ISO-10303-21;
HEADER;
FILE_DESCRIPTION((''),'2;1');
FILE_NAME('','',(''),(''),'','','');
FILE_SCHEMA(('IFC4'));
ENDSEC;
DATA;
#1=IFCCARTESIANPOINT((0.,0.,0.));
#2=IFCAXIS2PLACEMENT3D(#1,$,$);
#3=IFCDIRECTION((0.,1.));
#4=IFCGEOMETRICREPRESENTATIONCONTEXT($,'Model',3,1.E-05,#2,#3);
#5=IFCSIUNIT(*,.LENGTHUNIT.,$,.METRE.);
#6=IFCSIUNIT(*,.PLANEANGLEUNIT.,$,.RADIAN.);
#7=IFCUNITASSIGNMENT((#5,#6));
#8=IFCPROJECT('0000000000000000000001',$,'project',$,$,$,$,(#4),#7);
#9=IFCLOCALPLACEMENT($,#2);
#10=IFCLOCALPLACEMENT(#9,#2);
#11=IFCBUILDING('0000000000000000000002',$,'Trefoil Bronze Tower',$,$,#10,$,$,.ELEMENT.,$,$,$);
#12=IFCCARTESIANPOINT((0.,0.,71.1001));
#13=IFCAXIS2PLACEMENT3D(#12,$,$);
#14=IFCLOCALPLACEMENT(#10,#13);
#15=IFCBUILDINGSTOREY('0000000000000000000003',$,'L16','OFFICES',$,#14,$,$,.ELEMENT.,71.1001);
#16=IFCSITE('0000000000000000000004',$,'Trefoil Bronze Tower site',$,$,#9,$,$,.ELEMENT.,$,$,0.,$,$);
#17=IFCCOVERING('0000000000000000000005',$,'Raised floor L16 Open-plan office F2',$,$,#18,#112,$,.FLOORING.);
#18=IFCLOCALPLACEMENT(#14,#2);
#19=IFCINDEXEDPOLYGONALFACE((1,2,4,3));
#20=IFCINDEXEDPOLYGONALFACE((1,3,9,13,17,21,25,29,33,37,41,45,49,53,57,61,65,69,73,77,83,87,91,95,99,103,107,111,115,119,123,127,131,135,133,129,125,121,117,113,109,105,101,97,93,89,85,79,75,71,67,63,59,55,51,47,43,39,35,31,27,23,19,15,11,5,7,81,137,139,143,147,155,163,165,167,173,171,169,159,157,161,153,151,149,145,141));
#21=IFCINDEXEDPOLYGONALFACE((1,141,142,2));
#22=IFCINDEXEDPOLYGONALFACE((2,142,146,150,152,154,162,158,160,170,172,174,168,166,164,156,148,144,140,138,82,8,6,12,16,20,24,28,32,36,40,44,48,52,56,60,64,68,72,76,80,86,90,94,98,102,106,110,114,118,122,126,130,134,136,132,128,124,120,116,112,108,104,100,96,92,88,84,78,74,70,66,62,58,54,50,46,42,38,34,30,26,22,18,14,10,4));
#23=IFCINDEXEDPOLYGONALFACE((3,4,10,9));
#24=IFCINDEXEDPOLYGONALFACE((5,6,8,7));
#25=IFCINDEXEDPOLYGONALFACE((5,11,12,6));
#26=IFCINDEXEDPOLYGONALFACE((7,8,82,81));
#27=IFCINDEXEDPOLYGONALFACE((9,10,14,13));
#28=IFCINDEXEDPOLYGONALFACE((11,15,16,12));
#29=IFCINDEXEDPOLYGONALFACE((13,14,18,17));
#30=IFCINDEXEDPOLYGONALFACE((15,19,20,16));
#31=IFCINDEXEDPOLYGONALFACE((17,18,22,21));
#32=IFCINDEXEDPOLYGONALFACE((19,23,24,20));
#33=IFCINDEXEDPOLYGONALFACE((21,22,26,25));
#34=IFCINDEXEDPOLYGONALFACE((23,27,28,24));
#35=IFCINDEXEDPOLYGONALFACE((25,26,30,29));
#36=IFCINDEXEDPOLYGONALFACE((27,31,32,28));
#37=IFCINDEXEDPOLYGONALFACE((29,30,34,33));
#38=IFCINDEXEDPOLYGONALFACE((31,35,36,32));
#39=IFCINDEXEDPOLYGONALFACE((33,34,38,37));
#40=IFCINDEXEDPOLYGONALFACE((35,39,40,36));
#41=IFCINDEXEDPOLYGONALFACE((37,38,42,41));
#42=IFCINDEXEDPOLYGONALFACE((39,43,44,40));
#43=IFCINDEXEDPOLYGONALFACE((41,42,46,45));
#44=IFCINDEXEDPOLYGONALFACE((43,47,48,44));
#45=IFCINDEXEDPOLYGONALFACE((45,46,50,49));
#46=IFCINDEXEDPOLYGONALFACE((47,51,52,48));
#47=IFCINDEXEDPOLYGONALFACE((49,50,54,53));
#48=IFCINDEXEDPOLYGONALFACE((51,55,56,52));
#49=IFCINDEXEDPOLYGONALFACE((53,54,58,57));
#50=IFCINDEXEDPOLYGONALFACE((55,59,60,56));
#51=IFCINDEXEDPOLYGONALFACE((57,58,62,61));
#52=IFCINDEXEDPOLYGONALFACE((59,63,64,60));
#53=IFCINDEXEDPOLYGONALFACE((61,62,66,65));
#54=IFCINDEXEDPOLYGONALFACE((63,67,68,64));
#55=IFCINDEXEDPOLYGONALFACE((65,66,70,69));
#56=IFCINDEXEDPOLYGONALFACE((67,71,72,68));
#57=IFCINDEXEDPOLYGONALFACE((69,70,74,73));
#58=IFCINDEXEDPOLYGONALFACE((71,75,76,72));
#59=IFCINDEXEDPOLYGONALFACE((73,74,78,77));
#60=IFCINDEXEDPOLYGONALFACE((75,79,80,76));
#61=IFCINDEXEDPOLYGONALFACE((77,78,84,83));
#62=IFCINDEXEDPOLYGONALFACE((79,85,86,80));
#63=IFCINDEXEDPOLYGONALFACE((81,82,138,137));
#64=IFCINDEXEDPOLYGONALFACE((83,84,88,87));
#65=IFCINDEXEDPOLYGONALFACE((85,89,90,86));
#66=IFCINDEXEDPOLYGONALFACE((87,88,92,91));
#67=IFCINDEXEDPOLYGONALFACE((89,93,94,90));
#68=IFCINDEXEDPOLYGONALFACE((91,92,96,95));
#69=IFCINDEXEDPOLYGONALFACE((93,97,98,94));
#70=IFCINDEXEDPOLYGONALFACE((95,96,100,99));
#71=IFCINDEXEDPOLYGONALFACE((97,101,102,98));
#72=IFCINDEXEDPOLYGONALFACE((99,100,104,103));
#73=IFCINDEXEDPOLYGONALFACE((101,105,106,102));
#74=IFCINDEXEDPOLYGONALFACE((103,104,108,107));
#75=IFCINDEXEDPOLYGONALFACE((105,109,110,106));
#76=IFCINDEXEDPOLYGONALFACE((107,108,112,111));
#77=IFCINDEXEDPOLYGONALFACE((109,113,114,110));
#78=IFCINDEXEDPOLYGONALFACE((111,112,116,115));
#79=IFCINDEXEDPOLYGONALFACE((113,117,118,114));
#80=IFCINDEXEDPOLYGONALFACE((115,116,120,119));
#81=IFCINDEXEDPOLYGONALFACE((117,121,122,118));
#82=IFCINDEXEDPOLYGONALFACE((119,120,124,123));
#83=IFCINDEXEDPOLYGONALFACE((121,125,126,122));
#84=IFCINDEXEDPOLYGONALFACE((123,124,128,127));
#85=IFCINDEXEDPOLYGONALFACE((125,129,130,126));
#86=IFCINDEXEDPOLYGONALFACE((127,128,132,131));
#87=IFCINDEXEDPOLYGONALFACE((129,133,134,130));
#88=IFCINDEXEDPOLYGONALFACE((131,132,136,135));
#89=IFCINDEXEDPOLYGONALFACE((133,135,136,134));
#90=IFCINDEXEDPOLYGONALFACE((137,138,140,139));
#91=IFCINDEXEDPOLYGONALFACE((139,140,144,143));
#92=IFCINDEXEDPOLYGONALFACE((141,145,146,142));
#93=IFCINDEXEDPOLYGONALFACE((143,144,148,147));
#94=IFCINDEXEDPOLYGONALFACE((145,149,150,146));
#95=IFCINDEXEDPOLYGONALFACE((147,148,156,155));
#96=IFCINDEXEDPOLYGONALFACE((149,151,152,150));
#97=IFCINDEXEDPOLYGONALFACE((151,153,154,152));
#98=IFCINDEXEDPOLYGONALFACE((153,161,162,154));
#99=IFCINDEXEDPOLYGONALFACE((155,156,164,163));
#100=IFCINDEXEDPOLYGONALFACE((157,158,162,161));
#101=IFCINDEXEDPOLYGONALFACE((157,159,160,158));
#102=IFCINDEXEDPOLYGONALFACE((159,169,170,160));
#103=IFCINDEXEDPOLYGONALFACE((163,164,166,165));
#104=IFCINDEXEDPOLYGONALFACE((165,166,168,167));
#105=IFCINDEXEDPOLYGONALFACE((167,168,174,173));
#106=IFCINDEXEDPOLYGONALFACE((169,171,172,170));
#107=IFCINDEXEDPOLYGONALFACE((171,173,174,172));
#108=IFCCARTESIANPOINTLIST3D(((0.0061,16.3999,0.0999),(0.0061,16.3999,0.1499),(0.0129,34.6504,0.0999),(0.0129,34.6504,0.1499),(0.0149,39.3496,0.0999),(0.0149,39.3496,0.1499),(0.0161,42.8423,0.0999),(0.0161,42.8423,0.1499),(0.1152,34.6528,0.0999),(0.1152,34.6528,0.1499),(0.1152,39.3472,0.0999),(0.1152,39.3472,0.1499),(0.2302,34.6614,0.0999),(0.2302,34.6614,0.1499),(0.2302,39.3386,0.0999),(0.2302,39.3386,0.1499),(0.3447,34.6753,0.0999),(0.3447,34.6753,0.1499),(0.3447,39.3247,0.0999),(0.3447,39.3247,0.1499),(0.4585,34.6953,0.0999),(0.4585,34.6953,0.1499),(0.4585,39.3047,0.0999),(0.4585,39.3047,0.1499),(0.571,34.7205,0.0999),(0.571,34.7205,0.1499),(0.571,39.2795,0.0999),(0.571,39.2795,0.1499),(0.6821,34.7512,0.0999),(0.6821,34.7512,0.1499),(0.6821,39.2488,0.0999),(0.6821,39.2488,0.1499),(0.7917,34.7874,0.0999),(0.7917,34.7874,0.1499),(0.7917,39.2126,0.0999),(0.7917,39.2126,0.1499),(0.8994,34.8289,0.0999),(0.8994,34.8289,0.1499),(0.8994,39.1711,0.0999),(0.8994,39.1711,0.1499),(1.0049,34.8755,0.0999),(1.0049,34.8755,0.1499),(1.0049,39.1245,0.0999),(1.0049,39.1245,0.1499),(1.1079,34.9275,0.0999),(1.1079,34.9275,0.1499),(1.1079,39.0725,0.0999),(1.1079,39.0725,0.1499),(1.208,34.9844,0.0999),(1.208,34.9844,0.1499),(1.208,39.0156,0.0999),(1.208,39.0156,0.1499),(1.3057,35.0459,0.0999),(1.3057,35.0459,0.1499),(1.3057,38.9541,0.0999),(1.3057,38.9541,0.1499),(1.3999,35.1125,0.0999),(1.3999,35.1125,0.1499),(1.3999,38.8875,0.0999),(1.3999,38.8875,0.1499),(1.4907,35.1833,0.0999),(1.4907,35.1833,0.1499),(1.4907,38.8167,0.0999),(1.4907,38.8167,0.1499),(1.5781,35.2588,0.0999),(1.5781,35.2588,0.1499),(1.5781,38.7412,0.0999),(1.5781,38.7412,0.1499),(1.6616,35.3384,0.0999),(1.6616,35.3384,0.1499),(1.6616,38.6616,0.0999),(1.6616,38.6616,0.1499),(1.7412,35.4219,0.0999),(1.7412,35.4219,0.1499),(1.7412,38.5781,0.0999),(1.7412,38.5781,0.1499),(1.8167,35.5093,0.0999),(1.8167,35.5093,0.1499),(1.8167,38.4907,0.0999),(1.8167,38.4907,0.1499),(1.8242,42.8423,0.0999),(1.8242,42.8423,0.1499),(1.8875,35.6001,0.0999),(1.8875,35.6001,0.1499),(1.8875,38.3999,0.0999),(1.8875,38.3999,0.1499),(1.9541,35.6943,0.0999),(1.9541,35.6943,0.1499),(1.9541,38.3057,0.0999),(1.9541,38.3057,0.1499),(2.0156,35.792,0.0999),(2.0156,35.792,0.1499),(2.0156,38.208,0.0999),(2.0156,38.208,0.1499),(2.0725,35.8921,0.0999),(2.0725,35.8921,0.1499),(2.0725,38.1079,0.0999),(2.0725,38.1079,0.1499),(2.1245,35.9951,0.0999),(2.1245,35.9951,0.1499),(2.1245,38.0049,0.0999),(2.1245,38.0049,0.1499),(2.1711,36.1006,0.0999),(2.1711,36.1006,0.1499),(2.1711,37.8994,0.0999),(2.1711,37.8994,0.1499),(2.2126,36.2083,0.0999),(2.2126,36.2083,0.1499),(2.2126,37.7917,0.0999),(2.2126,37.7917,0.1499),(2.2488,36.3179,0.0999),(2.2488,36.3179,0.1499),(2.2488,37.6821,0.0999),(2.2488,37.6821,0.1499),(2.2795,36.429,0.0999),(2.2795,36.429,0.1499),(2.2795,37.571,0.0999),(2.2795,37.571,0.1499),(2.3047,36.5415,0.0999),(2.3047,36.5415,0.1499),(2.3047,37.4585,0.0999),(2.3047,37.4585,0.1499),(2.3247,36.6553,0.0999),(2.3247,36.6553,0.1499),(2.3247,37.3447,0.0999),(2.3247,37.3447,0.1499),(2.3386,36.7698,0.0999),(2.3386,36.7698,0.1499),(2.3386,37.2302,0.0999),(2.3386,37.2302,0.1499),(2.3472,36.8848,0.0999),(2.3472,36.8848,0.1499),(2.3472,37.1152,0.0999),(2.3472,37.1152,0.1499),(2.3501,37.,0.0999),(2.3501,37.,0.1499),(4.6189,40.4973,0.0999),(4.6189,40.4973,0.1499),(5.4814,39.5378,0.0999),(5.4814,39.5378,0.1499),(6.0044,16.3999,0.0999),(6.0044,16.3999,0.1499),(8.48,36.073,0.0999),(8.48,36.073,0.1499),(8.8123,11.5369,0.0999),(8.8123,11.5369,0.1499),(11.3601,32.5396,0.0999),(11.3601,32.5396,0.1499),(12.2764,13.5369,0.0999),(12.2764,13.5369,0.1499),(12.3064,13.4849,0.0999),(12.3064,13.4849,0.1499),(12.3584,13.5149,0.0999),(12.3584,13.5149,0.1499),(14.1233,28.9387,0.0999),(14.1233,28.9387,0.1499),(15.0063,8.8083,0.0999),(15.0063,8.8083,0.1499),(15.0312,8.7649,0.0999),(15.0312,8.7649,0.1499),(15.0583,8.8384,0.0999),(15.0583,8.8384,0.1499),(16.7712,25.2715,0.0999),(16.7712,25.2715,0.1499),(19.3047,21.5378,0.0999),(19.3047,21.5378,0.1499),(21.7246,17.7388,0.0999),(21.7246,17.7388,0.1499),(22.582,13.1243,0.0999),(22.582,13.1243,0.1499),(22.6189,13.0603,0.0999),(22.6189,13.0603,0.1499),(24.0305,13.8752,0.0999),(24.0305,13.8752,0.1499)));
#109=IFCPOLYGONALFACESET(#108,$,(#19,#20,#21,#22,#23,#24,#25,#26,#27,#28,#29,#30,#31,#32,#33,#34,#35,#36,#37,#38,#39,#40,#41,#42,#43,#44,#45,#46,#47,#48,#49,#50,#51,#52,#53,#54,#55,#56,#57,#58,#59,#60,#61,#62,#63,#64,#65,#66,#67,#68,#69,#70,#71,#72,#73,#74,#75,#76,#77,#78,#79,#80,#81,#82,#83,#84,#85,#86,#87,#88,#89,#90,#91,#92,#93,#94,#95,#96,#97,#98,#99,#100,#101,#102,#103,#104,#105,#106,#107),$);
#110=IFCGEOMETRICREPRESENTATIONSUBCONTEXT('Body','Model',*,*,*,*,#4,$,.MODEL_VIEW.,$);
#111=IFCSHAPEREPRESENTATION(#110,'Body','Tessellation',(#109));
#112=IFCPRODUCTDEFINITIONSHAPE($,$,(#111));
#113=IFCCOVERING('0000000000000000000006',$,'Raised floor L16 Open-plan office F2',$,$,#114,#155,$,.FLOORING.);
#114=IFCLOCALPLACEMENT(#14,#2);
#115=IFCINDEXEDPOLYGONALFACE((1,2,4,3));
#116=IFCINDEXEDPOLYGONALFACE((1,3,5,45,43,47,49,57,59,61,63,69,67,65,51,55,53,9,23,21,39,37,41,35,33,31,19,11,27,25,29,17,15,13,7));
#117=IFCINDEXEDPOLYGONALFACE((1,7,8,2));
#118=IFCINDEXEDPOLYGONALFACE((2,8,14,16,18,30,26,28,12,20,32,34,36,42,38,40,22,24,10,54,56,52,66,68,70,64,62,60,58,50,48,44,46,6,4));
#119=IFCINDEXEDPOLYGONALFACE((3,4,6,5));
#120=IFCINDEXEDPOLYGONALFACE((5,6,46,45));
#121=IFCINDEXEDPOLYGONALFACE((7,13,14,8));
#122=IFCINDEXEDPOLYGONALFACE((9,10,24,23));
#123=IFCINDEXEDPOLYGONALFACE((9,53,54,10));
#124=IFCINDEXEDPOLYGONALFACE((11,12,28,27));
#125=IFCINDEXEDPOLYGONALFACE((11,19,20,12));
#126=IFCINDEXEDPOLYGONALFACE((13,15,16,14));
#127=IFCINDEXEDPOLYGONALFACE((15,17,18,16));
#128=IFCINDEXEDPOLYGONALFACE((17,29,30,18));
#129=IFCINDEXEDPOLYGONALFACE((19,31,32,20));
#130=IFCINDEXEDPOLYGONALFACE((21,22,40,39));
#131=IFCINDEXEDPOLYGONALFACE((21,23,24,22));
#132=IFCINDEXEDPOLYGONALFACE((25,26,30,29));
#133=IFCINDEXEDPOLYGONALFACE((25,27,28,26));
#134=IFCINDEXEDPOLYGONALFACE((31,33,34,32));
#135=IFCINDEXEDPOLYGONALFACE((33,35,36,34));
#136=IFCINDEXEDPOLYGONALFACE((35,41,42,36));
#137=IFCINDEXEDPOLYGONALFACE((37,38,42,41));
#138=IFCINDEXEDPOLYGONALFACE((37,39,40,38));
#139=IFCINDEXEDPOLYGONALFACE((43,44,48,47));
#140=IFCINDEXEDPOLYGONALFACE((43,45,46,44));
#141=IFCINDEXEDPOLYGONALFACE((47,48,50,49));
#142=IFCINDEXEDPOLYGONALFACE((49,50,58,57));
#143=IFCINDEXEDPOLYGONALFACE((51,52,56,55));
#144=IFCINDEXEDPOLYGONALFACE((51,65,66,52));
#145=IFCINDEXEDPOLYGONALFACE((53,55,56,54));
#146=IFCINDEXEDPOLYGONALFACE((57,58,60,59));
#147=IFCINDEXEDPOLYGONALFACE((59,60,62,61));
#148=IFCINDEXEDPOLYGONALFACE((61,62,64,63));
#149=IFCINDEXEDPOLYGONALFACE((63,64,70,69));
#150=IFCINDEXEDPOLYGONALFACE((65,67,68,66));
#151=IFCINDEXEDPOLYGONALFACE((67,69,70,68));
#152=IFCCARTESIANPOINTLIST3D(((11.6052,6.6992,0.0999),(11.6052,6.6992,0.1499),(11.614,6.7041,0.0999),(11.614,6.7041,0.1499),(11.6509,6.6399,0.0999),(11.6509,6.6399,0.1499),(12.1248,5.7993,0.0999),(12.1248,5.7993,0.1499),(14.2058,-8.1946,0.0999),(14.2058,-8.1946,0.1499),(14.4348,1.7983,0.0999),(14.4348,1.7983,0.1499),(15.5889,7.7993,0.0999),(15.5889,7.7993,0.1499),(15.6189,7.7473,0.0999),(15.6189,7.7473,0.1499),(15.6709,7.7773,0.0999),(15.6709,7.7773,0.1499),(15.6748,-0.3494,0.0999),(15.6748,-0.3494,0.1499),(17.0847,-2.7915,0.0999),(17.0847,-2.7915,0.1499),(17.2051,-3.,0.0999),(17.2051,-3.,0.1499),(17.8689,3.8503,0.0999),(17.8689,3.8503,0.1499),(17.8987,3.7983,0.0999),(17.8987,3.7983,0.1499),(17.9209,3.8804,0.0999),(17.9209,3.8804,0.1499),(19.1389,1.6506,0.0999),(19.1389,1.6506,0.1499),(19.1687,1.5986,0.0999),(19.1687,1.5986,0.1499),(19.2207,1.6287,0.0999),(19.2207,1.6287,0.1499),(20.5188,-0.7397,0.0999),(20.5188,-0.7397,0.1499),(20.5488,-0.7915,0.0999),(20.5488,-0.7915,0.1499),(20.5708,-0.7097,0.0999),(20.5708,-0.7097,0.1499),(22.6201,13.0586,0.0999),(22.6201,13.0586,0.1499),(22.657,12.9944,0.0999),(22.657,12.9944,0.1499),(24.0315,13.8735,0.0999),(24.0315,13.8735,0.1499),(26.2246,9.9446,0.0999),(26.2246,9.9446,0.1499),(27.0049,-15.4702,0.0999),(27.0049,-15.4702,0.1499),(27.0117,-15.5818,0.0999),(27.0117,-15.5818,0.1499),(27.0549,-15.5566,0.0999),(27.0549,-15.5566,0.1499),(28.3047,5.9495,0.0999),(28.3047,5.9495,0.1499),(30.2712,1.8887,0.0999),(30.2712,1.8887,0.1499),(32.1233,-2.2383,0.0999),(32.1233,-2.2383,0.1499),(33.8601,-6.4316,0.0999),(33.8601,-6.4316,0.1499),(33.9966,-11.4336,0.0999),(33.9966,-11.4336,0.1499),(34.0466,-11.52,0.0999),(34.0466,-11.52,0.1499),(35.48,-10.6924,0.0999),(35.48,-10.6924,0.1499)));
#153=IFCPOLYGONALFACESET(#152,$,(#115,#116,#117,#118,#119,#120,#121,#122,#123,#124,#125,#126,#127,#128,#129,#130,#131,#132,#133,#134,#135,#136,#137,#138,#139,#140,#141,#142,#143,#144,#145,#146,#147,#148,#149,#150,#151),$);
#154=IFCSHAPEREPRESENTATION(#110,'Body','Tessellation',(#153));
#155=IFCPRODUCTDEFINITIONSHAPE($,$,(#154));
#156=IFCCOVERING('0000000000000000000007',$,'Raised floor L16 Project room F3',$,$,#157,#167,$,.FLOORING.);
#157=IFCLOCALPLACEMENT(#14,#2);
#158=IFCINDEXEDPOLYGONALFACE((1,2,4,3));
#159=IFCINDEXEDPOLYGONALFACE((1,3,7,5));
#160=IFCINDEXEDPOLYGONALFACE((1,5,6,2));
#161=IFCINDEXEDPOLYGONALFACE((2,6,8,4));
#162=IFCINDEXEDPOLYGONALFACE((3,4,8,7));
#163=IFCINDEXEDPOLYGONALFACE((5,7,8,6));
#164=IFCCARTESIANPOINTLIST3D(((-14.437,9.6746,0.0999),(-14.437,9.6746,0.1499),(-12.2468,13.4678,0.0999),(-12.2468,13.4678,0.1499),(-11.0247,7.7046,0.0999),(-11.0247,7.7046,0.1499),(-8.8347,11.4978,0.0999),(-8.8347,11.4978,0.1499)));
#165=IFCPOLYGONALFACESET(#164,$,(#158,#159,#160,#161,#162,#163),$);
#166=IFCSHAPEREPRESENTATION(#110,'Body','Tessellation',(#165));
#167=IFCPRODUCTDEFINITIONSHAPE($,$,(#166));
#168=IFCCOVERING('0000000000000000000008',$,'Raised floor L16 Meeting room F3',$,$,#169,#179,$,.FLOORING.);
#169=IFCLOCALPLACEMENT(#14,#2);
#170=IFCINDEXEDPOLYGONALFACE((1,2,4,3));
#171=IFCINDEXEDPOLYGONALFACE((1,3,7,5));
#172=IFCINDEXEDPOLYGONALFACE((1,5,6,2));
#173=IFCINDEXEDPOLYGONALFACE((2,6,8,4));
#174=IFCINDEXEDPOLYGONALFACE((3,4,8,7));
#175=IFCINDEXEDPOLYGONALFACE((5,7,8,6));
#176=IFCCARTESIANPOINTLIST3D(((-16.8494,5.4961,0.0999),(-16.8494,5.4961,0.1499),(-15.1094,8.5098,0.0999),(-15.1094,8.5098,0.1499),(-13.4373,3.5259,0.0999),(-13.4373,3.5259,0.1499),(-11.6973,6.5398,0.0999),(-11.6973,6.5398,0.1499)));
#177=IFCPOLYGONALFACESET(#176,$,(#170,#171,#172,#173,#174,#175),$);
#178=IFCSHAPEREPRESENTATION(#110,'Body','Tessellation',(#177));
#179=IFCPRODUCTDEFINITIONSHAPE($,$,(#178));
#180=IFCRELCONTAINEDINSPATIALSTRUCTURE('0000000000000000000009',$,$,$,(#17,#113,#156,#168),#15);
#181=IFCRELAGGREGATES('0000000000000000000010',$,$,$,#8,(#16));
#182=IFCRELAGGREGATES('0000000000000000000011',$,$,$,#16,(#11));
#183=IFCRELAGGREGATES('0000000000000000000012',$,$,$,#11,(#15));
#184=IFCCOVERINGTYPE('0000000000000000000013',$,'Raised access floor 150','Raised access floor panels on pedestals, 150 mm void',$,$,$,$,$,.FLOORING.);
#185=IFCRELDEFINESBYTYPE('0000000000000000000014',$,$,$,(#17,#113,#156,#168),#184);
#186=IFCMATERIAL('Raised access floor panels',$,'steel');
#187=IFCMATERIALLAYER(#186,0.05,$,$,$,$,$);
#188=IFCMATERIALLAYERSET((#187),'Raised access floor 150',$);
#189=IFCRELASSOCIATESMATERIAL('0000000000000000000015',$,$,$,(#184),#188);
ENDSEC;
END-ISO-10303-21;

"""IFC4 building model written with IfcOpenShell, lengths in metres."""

from ifc_helpers import new_model, si_unit, direction, frame, origin, place, context, subcontext, project, spatial, polyline, outline, extrude, material, layer, layer_set, type_object, element, save


model = new_model("IFC4")

# Units and contexts
model_context = context("Model", 3, precision=1e-05, world=origin(), true_north=direction((0.0, 1.0)))
body_context = subcontext(model_context, "Body", "Model", "MODEL_VIEW")
ifc_project = project(units=[si_unit("LENGTHUNIT", "METRE"), si_unit("PLANEANGLEUNIT", "RADIAN")], contexts=[model_context])

# Site, building, storey
site_placement = place(None, origin())
site = spatial("IfcSite", under=ifc_project, at=site_placement, Name="Trefoil Bronze Tower site", CompositionType="ELEMENT", RefElevation=0.0)
building_placement = place(site_placement, origin())
building = spatial("IfcBuilding", under=site, at=building_placement, Name="Trefoil Bronze Tower", CompositionType="ELEMENT")
storey_placement = place(building_placement, frame((0.0, 0.0, 71.1001)))
storey = spatial("IfcBuildingStorey", under=building, at=storey_placement, Name="L16", Description="OFFICES", CompositionType="ELEMENT", Elevation=71.1001)

# Coverings
ifc_material_1 = material(Name="Raised access floor panels", Category="steel")
ifc_layer_1 = layer(ifc_material_1, 0.05)
ifc_layer_set_1 = layer_set([ifc_layer_1], Name="Raised access floor 150")
covering_type_1 = type_object("IfcCoveringType", Name="Raised access floor 150", Description="Raised access floor panels on pedestals, 150 mm void", PredefinedType="FLOORING", material=ifc_layer_set_1)
covering_1_placement = place(storey_placement, frame((0.0, 0.0, 0.0999)))
element("IfcCovering", 1, at=covering_1_placement, inside=storey, type_object=covering_type_1, Name="Raised floor L16 Open-plan office F2", PredefinedType="FLOORING", context=body_context, shape_type="SweptSolid", body=[
    extrude(outline(polyline([(19.3047, 21.5378), (21.7246, 17.7388), (24.0305, 13.8752), (22.6189, 13.0603), (22.582, 13.1243), (15.0312, 8.7649), (15.0063, 8.8083), (15.0583, 8.8384), (12.3584, 13.5149), (12.3064, 13.4849), (12.2764, 13.5369), (8.8123, 11.5369), (6.0044, 16.3999), (0.0061, 16.3999), (0.0129, 34.6504), (0.1152, 34.6528), (0.2302, 34.6614), (0.3447, 34.6753), (0.4585, 34.6953), (0.571, 34.7205), (0.6821, 34.7512), (0.7917, 34.7874), (0.8994, 34.8289), (1.0049, 34.8755), (1.1079, 34.9275), (1.208, 34.9844), (1.3057, 35.0459), (1.3999, 35.1125), (1.4907, 35.1833), (1.5781, 35.2588), (1.6616, 35.3384), (1.7412, 35.4219), (1.8167, 35.5093), (1.8875, 35.6001), (1.9541, 35.6943), (2.0156, 35.792), (2.0725, 35.8921), (2.1245, 35.9951), (2.1711, 36.1006), (2.2126, 36.2083), (2.2488, 36.3179), (2.2795, 36.429), (2.3047, 36.5415), (2.3247, 36.6553), (2.3386, 36.7698), (2.3472, 36.8848), (2.3501, 37.0), (2.3472, 37.1152), (2.3386, 37.2302), (2.3247, 37.3447), (2.3047, 37.4585), (2.2795, 37.571), (2.2488, 37.6821), (2.2126, 37.7917), (2.1711, 37.8994), (2.1245, 38.0049), (2.0725, 38.1079), (2.0156, 38.208), (1.9541, 38.3057), (1.8875, 38.3999), (1.8167, 38.4907), (1.7412, 38.5781), (1.6616, 38.6616), (1.5781, 38.7412), (1.4907, 38.8167), (1.3999, 38.8875), (1.3057, 38.9541), (1.208, 39.0156), (1.1079, 39.0725), (1.0049, 39.1245), (0.8994, 39.1711), (0.7917, 39.2126), (0.6821, 39.2488), (0.571, 39.2795), (0.4585, 39.3047), (0.3447, 39.3247), (0.2302, 39.3386), (0.1152, 39.3472), (0.0149, 39.3496), (0.0161, 42.8423), (1.8242, 42.8423), (4.6189, 40.4973), (5.4814, 39.5378), (8.48, 36.073), (11.3601, 32.5396), (14.1233, 28.9387), (16.7712, 25.2715), (19.3047, 21.5378)])), origin(), (0.0, 0.0, 1.0), 0.05),
])
covering_2_placement = place(storey_placement, frame((0.0, 0.0, 0.0999)))
element("IfcCovering", 2, at=covering_2_placement, inside=storey, type_object=covering_type_1, Name="Raised floor L16 Open-plan office F2", PredefinedType="FLOORING", context=body_context, shape_type="SweptSolid", body=[
    extrude(outline(polyline([(30.2712, 1.8887), (32.1233, -2.2383), (33.8601, -6.4316), (35.48, -10.6924), (34.0466, -11.52), (33.9966, -11.4336), (27.0049, -15.4702), (27.0549, -15.5566), (27.0117, -15.5818), (14.2058, -8.1946), (17.2051, -3.0), (17.0847, -2.7915), (20.5488, -0.7915), (20.5188, -0.7397), (20.5708, -0.7097), (19.2207, 1.6287), (19.1687, 1.5986), (19.1389, 1.6506), (15.6748, -0.3494), (14.4348, 1.7983), (17.8987, 3.7983), (17.8689, 3.8503), (17.9209, 3.8804), (15.6709, 7.7773), (15.6189, 7.7473), (15.5889, 7.7993), (12.1248, 5.7993), (11.6052, 6.6992), (11.614, 6.7041), (11.6509, 6.6399), (22.657, 12.9944), (22.6201, 13.0586), (24.0315, 13.8735), (26.2246, 9.9446), (28.3047, 5.9495), (30.2712, 1.8887)])), origin(), (0.0, 0.0, 1.0), 0.05),
])
covering_3_placement = place(storey_placement, frame((0.0, 0.0, 0.0999)))
element("IfcCovering", 3, at=covering_3_placement, inside=storey, type_object=covering_type_1, Name="Raised floor L16 Project room F3", PredefinedType="FLOORING", context=body_context, shape_type="SweptSolid", body=[
    extrude(outline(polyline([(-11.0247, 7.7046), (-14.437, 9.6746), (-12.2468, 13.4678), (-8.8347, 11.4978), (-11.0247, 7.7046)])), origin(), (0.0, 0.0, 1.0), 0.05),
])
covering_4_placement = place(storey_placement, frame((0.0, 0.0, 0.0999)))
element("IfcCovering", 4, at=covering_4_placement, inside=storey, type_object=covering_type_1, Name="Raised floor L16 Meeting room F3", PredefinedType="FLOORING", context=body_context, shape_type="SweptSolid", body=[
    extrude(outline(polyline([(-13.4373, 3.5259), (-16.8494, 5.4961), (-15.1094, 8.5098), (-11.6973, 6.5398), (-13.4373, 3.5259)])), origin(), (0.0, 0.0, 1.0), 0.05),
])

save(model, "model.ifc")
